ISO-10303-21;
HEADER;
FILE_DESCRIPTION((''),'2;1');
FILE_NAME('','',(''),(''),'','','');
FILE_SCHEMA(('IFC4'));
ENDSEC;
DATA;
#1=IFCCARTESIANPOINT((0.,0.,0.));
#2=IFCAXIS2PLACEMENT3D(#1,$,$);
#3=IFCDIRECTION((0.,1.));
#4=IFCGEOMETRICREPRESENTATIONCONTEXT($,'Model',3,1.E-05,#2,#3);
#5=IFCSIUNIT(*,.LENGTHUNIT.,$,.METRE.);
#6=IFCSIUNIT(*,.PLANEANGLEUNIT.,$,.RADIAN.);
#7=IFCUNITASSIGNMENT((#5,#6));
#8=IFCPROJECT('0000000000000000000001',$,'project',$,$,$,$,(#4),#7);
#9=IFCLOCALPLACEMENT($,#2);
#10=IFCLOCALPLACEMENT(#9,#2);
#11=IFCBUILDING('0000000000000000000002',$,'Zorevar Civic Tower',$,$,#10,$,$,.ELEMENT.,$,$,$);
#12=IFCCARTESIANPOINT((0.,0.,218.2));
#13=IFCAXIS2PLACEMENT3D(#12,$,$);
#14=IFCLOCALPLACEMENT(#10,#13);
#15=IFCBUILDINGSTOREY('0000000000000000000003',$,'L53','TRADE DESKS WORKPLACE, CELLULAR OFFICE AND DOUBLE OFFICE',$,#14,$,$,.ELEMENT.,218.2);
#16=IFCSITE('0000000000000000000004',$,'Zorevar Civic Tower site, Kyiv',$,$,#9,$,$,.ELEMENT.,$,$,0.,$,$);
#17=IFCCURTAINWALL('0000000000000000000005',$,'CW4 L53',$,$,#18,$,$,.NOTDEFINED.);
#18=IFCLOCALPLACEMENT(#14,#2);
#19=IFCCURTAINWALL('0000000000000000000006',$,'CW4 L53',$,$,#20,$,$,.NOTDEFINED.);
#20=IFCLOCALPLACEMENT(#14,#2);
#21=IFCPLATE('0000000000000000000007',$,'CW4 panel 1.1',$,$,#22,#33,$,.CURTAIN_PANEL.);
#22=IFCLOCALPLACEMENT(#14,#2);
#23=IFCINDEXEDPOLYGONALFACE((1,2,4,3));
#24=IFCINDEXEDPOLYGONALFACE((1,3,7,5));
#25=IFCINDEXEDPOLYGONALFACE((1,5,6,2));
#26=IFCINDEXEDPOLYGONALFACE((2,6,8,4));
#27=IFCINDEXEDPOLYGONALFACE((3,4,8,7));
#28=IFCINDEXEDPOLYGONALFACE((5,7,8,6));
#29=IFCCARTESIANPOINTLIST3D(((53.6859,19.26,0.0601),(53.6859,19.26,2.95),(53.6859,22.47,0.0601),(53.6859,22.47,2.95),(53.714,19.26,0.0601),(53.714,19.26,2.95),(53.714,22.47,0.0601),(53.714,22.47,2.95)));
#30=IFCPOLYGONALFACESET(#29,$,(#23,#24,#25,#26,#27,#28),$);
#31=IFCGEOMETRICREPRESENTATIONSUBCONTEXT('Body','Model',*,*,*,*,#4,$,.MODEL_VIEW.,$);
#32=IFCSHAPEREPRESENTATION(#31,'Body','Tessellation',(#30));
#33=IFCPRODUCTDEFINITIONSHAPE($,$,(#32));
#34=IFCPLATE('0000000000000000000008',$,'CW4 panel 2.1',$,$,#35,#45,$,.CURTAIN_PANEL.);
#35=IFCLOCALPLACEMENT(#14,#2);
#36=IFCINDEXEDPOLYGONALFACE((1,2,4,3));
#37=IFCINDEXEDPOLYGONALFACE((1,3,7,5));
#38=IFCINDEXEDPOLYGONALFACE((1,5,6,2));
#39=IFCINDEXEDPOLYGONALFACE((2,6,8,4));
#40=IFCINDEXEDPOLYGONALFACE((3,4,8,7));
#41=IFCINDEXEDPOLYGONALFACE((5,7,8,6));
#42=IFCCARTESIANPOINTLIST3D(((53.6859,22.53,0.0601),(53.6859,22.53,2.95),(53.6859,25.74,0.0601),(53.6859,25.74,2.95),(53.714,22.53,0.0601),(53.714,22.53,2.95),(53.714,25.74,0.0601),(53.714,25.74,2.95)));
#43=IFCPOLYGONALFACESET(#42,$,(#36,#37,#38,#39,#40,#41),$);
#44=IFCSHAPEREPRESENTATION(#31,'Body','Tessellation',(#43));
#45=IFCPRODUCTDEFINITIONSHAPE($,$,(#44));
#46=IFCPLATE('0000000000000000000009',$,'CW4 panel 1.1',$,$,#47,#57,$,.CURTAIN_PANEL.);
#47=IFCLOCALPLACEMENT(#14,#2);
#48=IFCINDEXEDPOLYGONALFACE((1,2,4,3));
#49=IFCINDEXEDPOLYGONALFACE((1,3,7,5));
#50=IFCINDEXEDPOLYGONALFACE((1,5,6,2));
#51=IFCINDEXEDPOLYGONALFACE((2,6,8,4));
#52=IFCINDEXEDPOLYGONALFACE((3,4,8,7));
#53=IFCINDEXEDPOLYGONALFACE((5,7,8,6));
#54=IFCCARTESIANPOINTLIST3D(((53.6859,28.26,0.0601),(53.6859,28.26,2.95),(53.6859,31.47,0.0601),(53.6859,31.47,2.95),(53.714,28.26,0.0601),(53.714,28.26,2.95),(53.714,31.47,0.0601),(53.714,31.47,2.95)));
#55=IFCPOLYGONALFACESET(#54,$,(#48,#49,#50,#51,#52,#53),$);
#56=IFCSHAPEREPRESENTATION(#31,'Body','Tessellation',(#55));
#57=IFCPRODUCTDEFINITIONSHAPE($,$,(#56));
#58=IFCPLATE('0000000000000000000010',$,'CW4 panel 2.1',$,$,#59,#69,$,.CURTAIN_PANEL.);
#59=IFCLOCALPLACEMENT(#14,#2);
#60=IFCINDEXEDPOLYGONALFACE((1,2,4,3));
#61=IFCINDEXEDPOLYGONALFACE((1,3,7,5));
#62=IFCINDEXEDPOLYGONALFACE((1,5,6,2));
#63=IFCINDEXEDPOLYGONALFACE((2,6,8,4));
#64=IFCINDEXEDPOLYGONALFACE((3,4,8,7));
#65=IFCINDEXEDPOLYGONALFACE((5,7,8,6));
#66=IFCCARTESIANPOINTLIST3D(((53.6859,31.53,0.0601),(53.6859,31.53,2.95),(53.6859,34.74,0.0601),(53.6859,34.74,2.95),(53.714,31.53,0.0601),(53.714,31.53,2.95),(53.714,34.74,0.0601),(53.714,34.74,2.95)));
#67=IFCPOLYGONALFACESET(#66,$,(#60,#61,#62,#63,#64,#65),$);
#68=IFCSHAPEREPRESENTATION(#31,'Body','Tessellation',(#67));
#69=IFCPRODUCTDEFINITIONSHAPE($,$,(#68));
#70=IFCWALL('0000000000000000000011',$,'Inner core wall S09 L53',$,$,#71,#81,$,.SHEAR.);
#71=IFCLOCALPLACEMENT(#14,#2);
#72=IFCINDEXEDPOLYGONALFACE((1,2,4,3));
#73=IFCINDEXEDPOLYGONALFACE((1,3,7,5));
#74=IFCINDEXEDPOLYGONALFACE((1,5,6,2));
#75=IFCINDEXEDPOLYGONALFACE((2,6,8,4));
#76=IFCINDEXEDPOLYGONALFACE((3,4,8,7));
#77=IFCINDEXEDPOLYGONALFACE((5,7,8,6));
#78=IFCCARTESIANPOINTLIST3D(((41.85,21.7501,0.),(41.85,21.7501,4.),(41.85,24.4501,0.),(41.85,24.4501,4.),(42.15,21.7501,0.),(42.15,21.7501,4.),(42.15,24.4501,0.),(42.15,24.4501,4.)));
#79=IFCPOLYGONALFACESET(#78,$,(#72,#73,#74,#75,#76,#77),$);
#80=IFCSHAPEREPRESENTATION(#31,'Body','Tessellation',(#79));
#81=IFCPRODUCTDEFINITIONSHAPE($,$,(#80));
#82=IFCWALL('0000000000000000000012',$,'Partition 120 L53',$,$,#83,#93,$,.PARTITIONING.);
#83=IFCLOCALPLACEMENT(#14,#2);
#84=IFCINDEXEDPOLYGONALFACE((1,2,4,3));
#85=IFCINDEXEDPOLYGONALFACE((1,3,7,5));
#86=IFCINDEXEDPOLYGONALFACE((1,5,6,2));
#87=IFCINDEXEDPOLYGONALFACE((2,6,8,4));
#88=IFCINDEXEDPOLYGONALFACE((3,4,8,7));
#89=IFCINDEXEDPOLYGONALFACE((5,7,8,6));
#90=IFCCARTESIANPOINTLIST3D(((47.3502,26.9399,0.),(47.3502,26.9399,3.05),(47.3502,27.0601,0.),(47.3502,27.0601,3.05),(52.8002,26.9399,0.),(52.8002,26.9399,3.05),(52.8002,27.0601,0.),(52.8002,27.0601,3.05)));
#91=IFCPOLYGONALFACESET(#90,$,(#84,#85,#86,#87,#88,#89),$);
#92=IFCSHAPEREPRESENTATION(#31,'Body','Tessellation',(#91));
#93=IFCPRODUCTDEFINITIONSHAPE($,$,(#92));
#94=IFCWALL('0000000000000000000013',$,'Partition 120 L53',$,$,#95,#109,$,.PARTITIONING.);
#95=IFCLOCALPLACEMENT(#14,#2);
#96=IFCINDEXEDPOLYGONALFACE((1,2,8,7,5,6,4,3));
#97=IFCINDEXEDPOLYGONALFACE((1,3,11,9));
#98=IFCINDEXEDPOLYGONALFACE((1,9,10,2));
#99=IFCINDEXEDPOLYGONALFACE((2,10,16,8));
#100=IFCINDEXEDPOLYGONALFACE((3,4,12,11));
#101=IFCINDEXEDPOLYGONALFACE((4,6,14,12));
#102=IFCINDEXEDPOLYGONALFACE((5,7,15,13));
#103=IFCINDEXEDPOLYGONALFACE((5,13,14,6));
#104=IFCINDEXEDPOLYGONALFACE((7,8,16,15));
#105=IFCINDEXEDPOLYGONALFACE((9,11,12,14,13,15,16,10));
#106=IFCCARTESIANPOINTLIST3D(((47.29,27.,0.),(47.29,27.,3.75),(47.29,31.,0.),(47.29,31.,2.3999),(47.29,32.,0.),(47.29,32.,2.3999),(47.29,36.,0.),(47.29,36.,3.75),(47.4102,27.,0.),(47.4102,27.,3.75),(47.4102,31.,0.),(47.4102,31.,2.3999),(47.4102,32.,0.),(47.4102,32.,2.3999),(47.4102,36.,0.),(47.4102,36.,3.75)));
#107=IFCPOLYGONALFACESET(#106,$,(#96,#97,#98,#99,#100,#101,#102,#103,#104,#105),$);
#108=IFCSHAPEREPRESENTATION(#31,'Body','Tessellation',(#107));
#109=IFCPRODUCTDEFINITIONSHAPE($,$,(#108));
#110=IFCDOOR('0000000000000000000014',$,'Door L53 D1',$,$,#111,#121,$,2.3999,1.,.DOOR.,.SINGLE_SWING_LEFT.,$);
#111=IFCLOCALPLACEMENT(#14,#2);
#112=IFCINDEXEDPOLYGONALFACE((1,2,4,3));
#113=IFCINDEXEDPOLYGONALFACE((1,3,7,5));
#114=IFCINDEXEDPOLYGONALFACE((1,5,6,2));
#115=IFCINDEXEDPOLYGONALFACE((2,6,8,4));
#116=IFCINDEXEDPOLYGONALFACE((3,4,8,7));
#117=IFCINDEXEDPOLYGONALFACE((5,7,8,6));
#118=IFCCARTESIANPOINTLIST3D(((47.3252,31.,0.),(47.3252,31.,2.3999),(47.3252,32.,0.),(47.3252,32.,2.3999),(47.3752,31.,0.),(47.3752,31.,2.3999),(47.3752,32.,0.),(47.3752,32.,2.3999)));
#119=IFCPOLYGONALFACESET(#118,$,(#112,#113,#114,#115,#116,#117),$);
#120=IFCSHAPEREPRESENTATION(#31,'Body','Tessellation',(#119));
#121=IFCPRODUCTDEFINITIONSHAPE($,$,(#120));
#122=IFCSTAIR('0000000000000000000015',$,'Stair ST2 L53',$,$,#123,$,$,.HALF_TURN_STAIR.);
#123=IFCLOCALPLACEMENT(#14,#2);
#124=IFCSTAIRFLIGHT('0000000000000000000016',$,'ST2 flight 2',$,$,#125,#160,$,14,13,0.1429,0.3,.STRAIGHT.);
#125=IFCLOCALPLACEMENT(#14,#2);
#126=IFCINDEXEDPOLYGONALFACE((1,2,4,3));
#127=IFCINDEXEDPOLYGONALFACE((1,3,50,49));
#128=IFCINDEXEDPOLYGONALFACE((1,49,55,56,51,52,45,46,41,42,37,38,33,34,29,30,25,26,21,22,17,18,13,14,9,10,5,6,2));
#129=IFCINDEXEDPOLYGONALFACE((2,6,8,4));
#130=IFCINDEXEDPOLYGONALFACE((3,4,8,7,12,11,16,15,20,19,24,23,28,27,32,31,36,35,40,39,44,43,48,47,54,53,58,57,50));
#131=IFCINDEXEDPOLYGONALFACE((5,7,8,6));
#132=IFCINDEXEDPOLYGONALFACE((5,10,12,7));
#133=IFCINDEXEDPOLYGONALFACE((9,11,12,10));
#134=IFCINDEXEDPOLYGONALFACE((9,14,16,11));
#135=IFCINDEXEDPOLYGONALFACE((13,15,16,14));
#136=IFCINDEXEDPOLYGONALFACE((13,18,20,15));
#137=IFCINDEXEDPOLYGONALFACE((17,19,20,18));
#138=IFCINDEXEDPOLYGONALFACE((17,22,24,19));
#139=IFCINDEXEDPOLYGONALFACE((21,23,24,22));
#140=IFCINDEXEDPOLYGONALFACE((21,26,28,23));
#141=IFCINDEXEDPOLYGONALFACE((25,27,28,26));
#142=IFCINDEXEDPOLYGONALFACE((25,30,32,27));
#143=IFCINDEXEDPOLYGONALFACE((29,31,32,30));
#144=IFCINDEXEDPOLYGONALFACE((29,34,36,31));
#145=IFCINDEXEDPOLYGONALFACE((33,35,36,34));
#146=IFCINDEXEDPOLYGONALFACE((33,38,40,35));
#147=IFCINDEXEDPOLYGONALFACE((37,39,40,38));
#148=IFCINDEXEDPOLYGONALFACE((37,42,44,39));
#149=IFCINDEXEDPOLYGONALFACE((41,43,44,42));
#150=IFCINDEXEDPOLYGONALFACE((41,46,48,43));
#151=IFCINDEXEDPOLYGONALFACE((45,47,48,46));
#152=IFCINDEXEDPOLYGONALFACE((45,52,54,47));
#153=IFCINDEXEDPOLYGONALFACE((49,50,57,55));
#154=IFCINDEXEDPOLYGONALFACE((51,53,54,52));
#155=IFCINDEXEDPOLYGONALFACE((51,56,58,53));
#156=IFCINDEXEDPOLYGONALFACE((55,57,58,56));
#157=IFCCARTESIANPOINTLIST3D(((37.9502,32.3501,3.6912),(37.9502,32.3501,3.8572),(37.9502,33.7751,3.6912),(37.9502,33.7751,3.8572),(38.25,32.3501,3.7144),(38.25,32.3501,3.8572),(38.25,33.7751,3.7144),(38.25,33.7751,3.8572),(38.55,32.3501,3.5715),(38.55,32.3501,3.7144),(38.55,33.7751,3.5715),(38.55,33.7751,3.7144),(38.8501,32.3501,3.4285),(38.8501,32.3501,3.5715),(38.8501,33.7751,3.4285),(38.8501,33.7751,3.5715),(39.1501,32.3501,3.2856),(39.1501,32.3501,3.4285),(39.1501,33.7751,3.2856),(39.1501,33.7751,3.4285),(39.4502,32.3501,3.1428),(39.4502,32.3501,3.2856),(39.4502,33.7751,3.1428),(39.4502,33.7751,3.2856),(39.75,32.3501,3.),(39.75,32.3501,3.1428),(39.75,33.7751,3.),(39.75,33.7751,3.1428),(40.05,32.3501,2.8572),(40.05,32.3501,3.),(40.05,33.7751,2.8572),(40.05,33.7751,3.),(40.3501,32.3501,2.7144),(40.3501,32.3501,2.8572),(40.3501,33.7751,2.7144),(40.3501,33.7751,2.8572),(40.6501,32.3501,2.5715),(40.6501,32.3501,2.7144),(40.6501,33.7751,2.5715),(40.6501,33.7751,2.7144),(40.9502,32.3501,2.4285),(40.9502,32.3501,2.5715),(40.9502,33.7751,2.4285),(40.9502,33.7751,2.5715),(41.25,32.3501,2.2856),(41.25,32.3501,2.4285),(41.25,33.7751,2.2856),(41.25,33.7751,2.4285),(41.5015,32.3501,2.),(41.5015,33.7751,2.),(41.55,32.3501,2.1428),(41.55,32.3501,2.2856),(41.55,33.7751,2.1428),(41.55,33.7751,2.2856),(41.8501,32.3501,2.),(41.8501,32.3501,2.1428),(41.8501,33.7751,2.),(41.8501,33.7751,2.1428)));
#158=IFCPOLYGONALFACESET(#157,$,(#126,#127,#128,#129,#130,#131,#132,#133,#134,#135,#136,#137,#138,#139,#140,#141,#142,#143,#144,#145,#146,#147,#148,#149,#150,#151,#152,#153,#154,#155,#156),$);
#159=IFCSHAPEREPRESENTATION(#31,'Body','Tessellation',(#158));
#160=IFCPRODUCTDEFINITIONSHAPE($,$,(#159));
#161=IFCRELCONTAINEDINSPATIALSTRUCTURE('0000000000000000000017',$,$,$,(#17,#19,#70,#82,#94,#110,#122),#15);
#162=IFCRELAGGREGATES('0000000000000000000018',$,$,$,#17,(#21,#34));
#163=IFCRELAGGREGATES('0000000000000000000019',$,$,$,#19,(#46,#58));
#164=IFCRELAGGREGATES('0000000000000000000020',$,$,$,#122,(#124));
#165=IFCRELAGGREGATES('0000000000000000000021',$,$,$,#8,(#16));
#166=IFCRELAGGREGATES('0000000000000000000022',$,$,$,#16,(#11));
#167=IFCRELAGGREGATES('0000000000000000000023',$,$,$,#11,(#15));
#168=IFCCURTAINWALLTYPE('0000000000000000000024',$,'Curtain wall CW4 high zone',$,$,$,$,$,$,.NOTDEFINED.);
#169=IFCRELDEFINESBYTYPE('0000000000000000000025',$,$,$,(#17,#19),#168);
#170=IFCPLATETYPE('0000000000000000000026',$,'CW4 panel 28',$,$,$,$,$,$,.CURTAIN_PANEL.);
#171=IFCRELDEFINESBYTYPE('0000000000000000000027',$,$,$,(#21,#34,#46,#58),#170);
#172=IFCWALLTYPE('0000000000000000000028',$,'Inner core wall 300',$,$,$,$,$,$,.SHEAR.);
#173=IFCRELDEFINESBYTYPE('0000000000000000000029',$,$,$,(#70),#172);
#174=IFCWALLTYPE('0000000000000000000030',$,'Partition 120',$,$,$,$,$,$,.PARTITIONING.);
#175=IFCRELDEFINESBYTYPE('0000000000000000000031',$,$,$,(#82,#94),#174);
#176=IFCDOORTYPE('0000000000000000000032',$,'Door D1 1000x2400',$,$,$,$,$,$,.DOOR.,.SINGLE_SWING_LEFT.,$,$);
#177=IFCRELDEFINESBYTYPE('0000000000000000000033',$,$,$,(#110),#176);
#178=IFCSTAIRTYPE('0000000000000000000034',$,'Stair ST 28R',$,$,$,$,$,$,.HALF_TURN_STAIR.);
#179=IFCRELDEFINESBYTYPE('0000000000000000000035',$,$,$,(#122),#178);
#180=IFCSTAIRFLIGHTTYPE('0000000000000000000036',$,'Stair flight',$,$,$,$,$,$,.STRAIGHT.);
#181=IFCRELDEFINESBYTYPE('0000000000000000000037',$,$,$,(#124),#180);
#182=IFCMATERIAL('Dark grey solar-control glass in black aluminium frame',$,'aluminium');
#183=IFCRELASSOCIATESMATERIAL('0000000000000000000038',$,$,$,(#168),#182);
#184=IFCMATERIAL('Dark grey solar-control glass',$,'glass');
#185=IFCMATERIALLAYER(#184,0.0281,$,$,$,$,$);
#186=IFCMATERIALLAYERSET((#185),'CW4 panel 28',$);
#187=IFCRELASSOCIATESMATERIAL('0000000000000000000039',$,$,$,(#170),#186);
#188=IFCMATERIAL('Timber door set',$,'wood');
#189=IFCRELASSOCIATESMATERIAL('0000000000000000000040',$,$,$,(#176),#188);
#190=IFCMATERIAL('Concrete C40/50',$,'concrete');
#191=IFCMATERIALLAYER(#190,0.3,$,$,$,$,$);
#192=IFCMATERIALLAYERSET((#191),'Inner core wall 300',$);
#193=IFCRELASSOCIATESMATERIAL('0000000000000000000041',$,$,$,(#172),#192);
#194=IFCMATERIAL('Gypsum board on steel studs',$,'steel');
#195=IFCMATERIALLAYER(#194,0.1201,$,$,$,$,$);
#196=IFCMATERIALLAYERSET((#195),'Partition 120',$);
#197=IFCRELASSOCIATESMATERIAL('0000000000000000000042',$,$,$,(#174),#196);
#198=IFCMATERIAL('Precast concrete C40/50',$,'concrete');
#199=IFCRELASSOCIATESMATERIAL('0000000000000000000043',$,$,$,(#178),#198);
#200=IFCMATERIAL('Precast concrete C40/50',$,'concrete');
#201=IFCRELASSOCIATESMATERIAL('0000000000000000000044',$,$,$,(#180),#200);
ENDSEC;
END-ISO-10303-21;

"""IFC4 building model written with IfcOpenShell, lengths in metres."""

from ifc_helpers import new_model, si_unit, direction, frame, frame_2d, origin, origin_2d, place, context, subcontext, project, spatial, polyline, rectangle, outline, extrude, material, layer, layer_set, type_object, element, fill, aggregate, save


model = new_model("IFC4")

# Units and contexts
model_context = context("Model", 3, precision=1e-05, world=origin(), true_north=direction((0.0, 1.0)))
body_context = subcontext(model_context, "Body", "Model", "MODEL_VIEW")
ifc_project = project(units=[si_unit("LENGTHUNIT", "METRE"), si_unit("PLANEANGLEUNIT", "RADIAN")], contexts=[model_context])

# Site, building, storey
site_placement = place(None, origin())
site = spatial("IfcSite", under=ifc_project, at=site_placement, Name="Zorevar Civic Tower site, Kyiv", CompositionType="ELEMENT", RefElevation=0.0)
building_placement = place(site_placement, origin())
building = spatial("IfcBuilding", under=site, at=building_placement, Name="Zorevar Civic Tower", CompositionType="ELEMENT")
storey_placement = place(building_placement, frame((0.0, 0.0, 218.2)))
storey = spatial("IfcBuildingStorey", under=building, at=storey_placement, Name="L53", Description="TRADE DESKS WORKPLACE, CELLULAR OFFICE AND DOUBLE OFFICE", CompositionType="ELEMENT", Elevation=218.2)

# Curtain walls
ifc_material_1 = material(Name="Dark grey solar-control glass in black aluminium frame", Category="aluminium")
curtain_wall_type = type_object("IfcCurtainWallType", Name="Curtain wall CW4 high zone", PredefinedType="NOTDEFINED", material=ifc_material_1)
curtain_wall_1_placement = place(storey_placement, origin())
curtain_wall_1 = element("IfcCurtainWall", 1, at=curtain_wall_1_placement, inside=storey, type_object=curtain_wall_type, Name="CW4 L53", PredefinedType="NOTDEFINED")
curtain_wall_2_placement = place(storey_placement, origin())
curtain_wall_2 = element("IfcCurtainWall", 2, at=curtain_wall_2_placement, inside=storey, type_object=curtain_wall_type, Name="CW4 L53", PredefinedType="NOTDEFINED")

# Plates
ifc_material_2 = material(Name="Dark grey solar-control glass", Category="glass")
ifc_layer_1 = layer(ifc_material_2, 0.0281)
ifc_layer_set_1 = layer_set([ifc_layer_1], Name="CW4 panel 28")
plate_type = type_object("IfcPlateType", Name="CW4 panel 28", PredefinedType="CURTAIN_PANEL", material=ifc_layer_set_1)
plate_1_placement = place(storey_placement, frame((53.7, 20.865, 0.0601), z_axis=(0.0, 0.0, 1.0), x_axis=(0.0, 1.0, 0.0)))
plate_1 = element("IfcPlate", 3, at=plate_1_placement, type_object=plate_type, Name="CW4 panel 1.1", PredefinedType="CURTAIN_PANEL", context=body_context, shape_type="SweptSolid", body=[
    extrude(rectangle(XDim=3.21, YDim=0.0281, at=origin_2d()), origin(), (0.0, 0.0, 1.0), 2.8899),
])
plate_2_placement = place(storey_placement, frame((53.7, 24.135, 0.0601), z_axis=(0.0, 0.0, 1.0), x_axis=(0.0, 1.0, 0.0)))
plate_2 = element("IfcPlate", 4, at=plate_2_placement, type_object=plate_type, Name="CW4 panel 2.1", PredefinedType="CURTAIN_PANEL", context=body_context, shape_type="SweptSolid", body=[
    extrude(rectangle(XDim=3.21, YDim=0.0281, at=origin_2d()), origin(), (0.0, 0.0, 1.0), 2.8899),
])
aggregate(curtain_wall_1, [plate_1, plate_2])
plate_3_placement = place(storey_placement, frame((53.7, 29.865, 0.0601), z_axis=(0.0, 0.0, 1.0), x_axis=(0.0, 1.0, 0.0)))
plate_3 = element("IfcPlate", 5, at=plate_3_placement, type_object=plate_type, Name="CW4 panel 1.1", PredefinedType="CURTAIN_PANEL", context=body_context, shape_type="SweptSolid", body=[
    extrude(rectangle(XDim=3.21, YDim=0.0281, at=origin_2d()), origin(), (0.0, 0.0, 1.0), 2.8899),
])
plate_4_placement = place(storey_placement, frame((53.7, 33.135, 0.0601), z_axis=(0.0, 0.0, 1.0), x_axis=(0.0, 1.0, 0.0)))
plate_4 = element("IfcPlate", 6, at=plate_4_placement, type_object=plate_type, Name="CW4 panel 2.1", PredefinedType="CURTAIN_PANEL", context=body_context, shape_type="SweptSolid", body=[
    extrude(rectangle(XDim=3.21, YDim=0.0281, at=origin_2d()), origin(), (0.0, 0.0, 1.0), 2.8899),
])
aggregate(curtain_wall_2, [plate_3, plate_4])

# Shared definitions
ifc_material_3 = material(Name="Timber door set", Category="wood")
door_type_1 = type_object("IfcDoorType", Name="Door D1 1000x2400", OperationType="SINGLE_SWING_LEFT", PredefinedType="DOOR", material=ifc_material_3)

# Shared definitions
ifc_material_4 = material(Name="Concrete C40/50", Category="concrete")
ifc_layer_2 = layer(ifc_material_4, 0.3)
ifc_layer_set_2 = layer_set([ifc_layer_2], Name="Inner core wall 300")
wall_type_1 = type_object("IfcWallType", Name="Inner core wall 300", PredefinedType="SHEAR", material=ifc_layer_set_2)

# Walls
wall_1_placement = place(storey_placement, frame((42.0, 21.75, 0.0), z_axis=(0.0, 0.0, 1.0), x_axis=(0.0, 1.0, 0.0)))
element("IfcWall", 7, at=wall_1_placement, inside=storey, type_object=wall_type_1, Name="Inner core wall S09 L53", PredefinedType="SHEAR", context=body_context, shape_type="SweptSolid", body=[
    extrude(rectangle(XDim=2.7, YDim=0.3, at=frame_2d((1.3501, 0.0))), origin(), (0.0, 0.0, 1.0), 4.0),
])
ifc_material_5 = material(Name="Gypsum board on steel studs", Category="steel")
ifc_layer_3 = layer(ifc_material_5, 0.1201)
ifc_layer_set_3 = layer_set([ifc_layer_3], Name="Partition 120")
wall_type_2 = type_object("IfcWallType", Name="Partition 120", PredefinedType="PARTITIONING", material=ifc_layer_set_3)
wall_2_placement = place(storey_placement, frame((47.3501, 27.0, 0.0), z_axis=(0.0, 0.0, 1.0), x_axis=(1.0, 0.0, 0.0)))
element("IfcWall", 8, at=wall_2_placement, inside=storey, type_object=wall_type_2, Name="Partition 120 L53", PredefinedType="PARTITIONING", context=body_context, shape_type="SweptSolid", body=[
    extrude(rectangle(XDim=5.45, YDim=0.1201, at=frame_2d((2.7251, 0.0))), origin(), (0.0, 0.0, 1.0), 3.05),
])

# Wall, opening, door
wall_3_placement = place(storey_placement, frame((47.3501, 27.0, 0.0), z_axis=(0.0, 0.0, 1.0), x_axis=(0.0, 1.0, 0.0)))
wall_3 = element("IfcWall", 9, at=wall_3_placement, inside=storey, type_object=wall_type_2, Name="Partition 120 L53", PredefinedType="PARTITIONING", context=body_context, shape_type="SweptSolid", body=[
    extrude(rectangle(XDim=9.0, YDim=0.1201, at=frame_2d((4.5, 0.0))), origin(), (0.0, 0.0, 1.0), 3.75),
])
opening_1_placement = place(wall_3_placement, frame((4.0, 0.0, 0.0)))
opening_1 = element("IfcOpeningElement", 10, at=opening_1_placement, cuts=wall_3, PredefinedType="OPENING", context=body_context, shape_type="SweptSolid", body=[
    extrude(rectangle(XDim=1.0, YDim=2.3999, at=frame_2d((0.5, 1.2))), frame((0.0, 0.0701, 0.0), z_axis=(0.0, -1.0, 0.0), x_axis=(1.0, 0.0, 0.0)), (0.0, 0.0, 1.0), 0.1401),
])
door_1_placement = place(opening_1_placement, origin())
door_1 = element("IfcDoor", 11, at=door_1_placement, inside=storey, type_object=door_type_1, Name="Door L53 D1", OperationType="SINGLE_SWING_LEFT", OverallHeight=2.3999, OverallWidth=1.0, PredefinedType="DOOR", context=body_context, shape_type="SweptSolid", body=[
    extrude(rectangle(XDim=1.0, YDim=2.3999, at=frame_2d((0.5, 1.2))), frame((0.0, 0.0249, 0.0), z_axis=(0.0, -1.0, 0.0), x_axis=(1.0, 0.0, 0.0)), (0.0, 0.0, 1.0), 0.05),
])
fill(opening_1, door_1)

# Stair, stair flight
ifc_material_6 = material(Name="Precast concrete C40/50", Category="concrete")
stair_type = type_object("IfcStairType", Name="Stair ST 28R", PredefinedType="HALF_TURN_STAIR", material=ifc_material_6)
stair_placement = place(storey_placement, origin())
stair = element("IfcStair", 12, at=stair_placement, inside=storey, type_object=stair_type, Name="Stair ST2 L53", PredefinedType="HALF_TURN_STAIR")
ifc_material_7 = material(Name="Precast concrete C40/50", Category="concrete")
stair_flight_type = type_object("IfcStairFlightType", Name="Stair flight", PredefinedType="STRAIGHT", material=ifc_material_7)
stair_flight_placement = place(storey_placement, frame((41.8501, 33.0625, 2.0), z_axis=(0.0, 0.0, 1.0), x_axis=(-1.0, 0.0, 0.0)))
stair_flight = element("IfcStairFlight", 13, at=stair_flight_placement, type_object=stair_flight_type, Name="ST2 flight 2", NumberOfRisers=14, NumberOfTreads=13, PredefinedType="STRAIGHT", RiserHeight=0.1429, TreadLength=0.3, context=body_context, shape_type="SweptSolid", body=[
    extrude(outline(polyline([(0.0, 0.0), (0.0, 0.1428), (0.3, 0.1428), (0.3, 0.2856), (0.6001, 0.2856), (0.6001, 0.4285), (0.8999, 0.4285), (0.8999, 0.5715), (1.2, 0.5715), (1.2, 0.7144), (1.5, 0.7144), (1.5, 0.8572), (1.8, 0.8572), (1.8, 1.0), (2.1001, 1.0), (2.1001, 1.1428), (2.3999, 1.1428), (2.3999, 1.2856), (2.7, 1.2856), (2.7, 1.4285), (3.0, 1.4285), (3.0, 1.5715), (3.3, 1.5715), (3.3, 1.7144), (3.6001, 1.7144), (3.6001, 1.8572), (3.8999, 1.8572), (3.8999, 2.0), (3.8999, 1.6912), (0.3486, 0.0), (0.0, 0.0)])), frame((0.0, 0.7124, 0.0), z_axis=(0.0, -1.0, 0.0), x_axis=(1.0, 0.0, 0.0)), (0.0, 0.0, 1.0), 1.425),
])
aggregate(stair, [stair_flight])

save(model, "model.ifc")
